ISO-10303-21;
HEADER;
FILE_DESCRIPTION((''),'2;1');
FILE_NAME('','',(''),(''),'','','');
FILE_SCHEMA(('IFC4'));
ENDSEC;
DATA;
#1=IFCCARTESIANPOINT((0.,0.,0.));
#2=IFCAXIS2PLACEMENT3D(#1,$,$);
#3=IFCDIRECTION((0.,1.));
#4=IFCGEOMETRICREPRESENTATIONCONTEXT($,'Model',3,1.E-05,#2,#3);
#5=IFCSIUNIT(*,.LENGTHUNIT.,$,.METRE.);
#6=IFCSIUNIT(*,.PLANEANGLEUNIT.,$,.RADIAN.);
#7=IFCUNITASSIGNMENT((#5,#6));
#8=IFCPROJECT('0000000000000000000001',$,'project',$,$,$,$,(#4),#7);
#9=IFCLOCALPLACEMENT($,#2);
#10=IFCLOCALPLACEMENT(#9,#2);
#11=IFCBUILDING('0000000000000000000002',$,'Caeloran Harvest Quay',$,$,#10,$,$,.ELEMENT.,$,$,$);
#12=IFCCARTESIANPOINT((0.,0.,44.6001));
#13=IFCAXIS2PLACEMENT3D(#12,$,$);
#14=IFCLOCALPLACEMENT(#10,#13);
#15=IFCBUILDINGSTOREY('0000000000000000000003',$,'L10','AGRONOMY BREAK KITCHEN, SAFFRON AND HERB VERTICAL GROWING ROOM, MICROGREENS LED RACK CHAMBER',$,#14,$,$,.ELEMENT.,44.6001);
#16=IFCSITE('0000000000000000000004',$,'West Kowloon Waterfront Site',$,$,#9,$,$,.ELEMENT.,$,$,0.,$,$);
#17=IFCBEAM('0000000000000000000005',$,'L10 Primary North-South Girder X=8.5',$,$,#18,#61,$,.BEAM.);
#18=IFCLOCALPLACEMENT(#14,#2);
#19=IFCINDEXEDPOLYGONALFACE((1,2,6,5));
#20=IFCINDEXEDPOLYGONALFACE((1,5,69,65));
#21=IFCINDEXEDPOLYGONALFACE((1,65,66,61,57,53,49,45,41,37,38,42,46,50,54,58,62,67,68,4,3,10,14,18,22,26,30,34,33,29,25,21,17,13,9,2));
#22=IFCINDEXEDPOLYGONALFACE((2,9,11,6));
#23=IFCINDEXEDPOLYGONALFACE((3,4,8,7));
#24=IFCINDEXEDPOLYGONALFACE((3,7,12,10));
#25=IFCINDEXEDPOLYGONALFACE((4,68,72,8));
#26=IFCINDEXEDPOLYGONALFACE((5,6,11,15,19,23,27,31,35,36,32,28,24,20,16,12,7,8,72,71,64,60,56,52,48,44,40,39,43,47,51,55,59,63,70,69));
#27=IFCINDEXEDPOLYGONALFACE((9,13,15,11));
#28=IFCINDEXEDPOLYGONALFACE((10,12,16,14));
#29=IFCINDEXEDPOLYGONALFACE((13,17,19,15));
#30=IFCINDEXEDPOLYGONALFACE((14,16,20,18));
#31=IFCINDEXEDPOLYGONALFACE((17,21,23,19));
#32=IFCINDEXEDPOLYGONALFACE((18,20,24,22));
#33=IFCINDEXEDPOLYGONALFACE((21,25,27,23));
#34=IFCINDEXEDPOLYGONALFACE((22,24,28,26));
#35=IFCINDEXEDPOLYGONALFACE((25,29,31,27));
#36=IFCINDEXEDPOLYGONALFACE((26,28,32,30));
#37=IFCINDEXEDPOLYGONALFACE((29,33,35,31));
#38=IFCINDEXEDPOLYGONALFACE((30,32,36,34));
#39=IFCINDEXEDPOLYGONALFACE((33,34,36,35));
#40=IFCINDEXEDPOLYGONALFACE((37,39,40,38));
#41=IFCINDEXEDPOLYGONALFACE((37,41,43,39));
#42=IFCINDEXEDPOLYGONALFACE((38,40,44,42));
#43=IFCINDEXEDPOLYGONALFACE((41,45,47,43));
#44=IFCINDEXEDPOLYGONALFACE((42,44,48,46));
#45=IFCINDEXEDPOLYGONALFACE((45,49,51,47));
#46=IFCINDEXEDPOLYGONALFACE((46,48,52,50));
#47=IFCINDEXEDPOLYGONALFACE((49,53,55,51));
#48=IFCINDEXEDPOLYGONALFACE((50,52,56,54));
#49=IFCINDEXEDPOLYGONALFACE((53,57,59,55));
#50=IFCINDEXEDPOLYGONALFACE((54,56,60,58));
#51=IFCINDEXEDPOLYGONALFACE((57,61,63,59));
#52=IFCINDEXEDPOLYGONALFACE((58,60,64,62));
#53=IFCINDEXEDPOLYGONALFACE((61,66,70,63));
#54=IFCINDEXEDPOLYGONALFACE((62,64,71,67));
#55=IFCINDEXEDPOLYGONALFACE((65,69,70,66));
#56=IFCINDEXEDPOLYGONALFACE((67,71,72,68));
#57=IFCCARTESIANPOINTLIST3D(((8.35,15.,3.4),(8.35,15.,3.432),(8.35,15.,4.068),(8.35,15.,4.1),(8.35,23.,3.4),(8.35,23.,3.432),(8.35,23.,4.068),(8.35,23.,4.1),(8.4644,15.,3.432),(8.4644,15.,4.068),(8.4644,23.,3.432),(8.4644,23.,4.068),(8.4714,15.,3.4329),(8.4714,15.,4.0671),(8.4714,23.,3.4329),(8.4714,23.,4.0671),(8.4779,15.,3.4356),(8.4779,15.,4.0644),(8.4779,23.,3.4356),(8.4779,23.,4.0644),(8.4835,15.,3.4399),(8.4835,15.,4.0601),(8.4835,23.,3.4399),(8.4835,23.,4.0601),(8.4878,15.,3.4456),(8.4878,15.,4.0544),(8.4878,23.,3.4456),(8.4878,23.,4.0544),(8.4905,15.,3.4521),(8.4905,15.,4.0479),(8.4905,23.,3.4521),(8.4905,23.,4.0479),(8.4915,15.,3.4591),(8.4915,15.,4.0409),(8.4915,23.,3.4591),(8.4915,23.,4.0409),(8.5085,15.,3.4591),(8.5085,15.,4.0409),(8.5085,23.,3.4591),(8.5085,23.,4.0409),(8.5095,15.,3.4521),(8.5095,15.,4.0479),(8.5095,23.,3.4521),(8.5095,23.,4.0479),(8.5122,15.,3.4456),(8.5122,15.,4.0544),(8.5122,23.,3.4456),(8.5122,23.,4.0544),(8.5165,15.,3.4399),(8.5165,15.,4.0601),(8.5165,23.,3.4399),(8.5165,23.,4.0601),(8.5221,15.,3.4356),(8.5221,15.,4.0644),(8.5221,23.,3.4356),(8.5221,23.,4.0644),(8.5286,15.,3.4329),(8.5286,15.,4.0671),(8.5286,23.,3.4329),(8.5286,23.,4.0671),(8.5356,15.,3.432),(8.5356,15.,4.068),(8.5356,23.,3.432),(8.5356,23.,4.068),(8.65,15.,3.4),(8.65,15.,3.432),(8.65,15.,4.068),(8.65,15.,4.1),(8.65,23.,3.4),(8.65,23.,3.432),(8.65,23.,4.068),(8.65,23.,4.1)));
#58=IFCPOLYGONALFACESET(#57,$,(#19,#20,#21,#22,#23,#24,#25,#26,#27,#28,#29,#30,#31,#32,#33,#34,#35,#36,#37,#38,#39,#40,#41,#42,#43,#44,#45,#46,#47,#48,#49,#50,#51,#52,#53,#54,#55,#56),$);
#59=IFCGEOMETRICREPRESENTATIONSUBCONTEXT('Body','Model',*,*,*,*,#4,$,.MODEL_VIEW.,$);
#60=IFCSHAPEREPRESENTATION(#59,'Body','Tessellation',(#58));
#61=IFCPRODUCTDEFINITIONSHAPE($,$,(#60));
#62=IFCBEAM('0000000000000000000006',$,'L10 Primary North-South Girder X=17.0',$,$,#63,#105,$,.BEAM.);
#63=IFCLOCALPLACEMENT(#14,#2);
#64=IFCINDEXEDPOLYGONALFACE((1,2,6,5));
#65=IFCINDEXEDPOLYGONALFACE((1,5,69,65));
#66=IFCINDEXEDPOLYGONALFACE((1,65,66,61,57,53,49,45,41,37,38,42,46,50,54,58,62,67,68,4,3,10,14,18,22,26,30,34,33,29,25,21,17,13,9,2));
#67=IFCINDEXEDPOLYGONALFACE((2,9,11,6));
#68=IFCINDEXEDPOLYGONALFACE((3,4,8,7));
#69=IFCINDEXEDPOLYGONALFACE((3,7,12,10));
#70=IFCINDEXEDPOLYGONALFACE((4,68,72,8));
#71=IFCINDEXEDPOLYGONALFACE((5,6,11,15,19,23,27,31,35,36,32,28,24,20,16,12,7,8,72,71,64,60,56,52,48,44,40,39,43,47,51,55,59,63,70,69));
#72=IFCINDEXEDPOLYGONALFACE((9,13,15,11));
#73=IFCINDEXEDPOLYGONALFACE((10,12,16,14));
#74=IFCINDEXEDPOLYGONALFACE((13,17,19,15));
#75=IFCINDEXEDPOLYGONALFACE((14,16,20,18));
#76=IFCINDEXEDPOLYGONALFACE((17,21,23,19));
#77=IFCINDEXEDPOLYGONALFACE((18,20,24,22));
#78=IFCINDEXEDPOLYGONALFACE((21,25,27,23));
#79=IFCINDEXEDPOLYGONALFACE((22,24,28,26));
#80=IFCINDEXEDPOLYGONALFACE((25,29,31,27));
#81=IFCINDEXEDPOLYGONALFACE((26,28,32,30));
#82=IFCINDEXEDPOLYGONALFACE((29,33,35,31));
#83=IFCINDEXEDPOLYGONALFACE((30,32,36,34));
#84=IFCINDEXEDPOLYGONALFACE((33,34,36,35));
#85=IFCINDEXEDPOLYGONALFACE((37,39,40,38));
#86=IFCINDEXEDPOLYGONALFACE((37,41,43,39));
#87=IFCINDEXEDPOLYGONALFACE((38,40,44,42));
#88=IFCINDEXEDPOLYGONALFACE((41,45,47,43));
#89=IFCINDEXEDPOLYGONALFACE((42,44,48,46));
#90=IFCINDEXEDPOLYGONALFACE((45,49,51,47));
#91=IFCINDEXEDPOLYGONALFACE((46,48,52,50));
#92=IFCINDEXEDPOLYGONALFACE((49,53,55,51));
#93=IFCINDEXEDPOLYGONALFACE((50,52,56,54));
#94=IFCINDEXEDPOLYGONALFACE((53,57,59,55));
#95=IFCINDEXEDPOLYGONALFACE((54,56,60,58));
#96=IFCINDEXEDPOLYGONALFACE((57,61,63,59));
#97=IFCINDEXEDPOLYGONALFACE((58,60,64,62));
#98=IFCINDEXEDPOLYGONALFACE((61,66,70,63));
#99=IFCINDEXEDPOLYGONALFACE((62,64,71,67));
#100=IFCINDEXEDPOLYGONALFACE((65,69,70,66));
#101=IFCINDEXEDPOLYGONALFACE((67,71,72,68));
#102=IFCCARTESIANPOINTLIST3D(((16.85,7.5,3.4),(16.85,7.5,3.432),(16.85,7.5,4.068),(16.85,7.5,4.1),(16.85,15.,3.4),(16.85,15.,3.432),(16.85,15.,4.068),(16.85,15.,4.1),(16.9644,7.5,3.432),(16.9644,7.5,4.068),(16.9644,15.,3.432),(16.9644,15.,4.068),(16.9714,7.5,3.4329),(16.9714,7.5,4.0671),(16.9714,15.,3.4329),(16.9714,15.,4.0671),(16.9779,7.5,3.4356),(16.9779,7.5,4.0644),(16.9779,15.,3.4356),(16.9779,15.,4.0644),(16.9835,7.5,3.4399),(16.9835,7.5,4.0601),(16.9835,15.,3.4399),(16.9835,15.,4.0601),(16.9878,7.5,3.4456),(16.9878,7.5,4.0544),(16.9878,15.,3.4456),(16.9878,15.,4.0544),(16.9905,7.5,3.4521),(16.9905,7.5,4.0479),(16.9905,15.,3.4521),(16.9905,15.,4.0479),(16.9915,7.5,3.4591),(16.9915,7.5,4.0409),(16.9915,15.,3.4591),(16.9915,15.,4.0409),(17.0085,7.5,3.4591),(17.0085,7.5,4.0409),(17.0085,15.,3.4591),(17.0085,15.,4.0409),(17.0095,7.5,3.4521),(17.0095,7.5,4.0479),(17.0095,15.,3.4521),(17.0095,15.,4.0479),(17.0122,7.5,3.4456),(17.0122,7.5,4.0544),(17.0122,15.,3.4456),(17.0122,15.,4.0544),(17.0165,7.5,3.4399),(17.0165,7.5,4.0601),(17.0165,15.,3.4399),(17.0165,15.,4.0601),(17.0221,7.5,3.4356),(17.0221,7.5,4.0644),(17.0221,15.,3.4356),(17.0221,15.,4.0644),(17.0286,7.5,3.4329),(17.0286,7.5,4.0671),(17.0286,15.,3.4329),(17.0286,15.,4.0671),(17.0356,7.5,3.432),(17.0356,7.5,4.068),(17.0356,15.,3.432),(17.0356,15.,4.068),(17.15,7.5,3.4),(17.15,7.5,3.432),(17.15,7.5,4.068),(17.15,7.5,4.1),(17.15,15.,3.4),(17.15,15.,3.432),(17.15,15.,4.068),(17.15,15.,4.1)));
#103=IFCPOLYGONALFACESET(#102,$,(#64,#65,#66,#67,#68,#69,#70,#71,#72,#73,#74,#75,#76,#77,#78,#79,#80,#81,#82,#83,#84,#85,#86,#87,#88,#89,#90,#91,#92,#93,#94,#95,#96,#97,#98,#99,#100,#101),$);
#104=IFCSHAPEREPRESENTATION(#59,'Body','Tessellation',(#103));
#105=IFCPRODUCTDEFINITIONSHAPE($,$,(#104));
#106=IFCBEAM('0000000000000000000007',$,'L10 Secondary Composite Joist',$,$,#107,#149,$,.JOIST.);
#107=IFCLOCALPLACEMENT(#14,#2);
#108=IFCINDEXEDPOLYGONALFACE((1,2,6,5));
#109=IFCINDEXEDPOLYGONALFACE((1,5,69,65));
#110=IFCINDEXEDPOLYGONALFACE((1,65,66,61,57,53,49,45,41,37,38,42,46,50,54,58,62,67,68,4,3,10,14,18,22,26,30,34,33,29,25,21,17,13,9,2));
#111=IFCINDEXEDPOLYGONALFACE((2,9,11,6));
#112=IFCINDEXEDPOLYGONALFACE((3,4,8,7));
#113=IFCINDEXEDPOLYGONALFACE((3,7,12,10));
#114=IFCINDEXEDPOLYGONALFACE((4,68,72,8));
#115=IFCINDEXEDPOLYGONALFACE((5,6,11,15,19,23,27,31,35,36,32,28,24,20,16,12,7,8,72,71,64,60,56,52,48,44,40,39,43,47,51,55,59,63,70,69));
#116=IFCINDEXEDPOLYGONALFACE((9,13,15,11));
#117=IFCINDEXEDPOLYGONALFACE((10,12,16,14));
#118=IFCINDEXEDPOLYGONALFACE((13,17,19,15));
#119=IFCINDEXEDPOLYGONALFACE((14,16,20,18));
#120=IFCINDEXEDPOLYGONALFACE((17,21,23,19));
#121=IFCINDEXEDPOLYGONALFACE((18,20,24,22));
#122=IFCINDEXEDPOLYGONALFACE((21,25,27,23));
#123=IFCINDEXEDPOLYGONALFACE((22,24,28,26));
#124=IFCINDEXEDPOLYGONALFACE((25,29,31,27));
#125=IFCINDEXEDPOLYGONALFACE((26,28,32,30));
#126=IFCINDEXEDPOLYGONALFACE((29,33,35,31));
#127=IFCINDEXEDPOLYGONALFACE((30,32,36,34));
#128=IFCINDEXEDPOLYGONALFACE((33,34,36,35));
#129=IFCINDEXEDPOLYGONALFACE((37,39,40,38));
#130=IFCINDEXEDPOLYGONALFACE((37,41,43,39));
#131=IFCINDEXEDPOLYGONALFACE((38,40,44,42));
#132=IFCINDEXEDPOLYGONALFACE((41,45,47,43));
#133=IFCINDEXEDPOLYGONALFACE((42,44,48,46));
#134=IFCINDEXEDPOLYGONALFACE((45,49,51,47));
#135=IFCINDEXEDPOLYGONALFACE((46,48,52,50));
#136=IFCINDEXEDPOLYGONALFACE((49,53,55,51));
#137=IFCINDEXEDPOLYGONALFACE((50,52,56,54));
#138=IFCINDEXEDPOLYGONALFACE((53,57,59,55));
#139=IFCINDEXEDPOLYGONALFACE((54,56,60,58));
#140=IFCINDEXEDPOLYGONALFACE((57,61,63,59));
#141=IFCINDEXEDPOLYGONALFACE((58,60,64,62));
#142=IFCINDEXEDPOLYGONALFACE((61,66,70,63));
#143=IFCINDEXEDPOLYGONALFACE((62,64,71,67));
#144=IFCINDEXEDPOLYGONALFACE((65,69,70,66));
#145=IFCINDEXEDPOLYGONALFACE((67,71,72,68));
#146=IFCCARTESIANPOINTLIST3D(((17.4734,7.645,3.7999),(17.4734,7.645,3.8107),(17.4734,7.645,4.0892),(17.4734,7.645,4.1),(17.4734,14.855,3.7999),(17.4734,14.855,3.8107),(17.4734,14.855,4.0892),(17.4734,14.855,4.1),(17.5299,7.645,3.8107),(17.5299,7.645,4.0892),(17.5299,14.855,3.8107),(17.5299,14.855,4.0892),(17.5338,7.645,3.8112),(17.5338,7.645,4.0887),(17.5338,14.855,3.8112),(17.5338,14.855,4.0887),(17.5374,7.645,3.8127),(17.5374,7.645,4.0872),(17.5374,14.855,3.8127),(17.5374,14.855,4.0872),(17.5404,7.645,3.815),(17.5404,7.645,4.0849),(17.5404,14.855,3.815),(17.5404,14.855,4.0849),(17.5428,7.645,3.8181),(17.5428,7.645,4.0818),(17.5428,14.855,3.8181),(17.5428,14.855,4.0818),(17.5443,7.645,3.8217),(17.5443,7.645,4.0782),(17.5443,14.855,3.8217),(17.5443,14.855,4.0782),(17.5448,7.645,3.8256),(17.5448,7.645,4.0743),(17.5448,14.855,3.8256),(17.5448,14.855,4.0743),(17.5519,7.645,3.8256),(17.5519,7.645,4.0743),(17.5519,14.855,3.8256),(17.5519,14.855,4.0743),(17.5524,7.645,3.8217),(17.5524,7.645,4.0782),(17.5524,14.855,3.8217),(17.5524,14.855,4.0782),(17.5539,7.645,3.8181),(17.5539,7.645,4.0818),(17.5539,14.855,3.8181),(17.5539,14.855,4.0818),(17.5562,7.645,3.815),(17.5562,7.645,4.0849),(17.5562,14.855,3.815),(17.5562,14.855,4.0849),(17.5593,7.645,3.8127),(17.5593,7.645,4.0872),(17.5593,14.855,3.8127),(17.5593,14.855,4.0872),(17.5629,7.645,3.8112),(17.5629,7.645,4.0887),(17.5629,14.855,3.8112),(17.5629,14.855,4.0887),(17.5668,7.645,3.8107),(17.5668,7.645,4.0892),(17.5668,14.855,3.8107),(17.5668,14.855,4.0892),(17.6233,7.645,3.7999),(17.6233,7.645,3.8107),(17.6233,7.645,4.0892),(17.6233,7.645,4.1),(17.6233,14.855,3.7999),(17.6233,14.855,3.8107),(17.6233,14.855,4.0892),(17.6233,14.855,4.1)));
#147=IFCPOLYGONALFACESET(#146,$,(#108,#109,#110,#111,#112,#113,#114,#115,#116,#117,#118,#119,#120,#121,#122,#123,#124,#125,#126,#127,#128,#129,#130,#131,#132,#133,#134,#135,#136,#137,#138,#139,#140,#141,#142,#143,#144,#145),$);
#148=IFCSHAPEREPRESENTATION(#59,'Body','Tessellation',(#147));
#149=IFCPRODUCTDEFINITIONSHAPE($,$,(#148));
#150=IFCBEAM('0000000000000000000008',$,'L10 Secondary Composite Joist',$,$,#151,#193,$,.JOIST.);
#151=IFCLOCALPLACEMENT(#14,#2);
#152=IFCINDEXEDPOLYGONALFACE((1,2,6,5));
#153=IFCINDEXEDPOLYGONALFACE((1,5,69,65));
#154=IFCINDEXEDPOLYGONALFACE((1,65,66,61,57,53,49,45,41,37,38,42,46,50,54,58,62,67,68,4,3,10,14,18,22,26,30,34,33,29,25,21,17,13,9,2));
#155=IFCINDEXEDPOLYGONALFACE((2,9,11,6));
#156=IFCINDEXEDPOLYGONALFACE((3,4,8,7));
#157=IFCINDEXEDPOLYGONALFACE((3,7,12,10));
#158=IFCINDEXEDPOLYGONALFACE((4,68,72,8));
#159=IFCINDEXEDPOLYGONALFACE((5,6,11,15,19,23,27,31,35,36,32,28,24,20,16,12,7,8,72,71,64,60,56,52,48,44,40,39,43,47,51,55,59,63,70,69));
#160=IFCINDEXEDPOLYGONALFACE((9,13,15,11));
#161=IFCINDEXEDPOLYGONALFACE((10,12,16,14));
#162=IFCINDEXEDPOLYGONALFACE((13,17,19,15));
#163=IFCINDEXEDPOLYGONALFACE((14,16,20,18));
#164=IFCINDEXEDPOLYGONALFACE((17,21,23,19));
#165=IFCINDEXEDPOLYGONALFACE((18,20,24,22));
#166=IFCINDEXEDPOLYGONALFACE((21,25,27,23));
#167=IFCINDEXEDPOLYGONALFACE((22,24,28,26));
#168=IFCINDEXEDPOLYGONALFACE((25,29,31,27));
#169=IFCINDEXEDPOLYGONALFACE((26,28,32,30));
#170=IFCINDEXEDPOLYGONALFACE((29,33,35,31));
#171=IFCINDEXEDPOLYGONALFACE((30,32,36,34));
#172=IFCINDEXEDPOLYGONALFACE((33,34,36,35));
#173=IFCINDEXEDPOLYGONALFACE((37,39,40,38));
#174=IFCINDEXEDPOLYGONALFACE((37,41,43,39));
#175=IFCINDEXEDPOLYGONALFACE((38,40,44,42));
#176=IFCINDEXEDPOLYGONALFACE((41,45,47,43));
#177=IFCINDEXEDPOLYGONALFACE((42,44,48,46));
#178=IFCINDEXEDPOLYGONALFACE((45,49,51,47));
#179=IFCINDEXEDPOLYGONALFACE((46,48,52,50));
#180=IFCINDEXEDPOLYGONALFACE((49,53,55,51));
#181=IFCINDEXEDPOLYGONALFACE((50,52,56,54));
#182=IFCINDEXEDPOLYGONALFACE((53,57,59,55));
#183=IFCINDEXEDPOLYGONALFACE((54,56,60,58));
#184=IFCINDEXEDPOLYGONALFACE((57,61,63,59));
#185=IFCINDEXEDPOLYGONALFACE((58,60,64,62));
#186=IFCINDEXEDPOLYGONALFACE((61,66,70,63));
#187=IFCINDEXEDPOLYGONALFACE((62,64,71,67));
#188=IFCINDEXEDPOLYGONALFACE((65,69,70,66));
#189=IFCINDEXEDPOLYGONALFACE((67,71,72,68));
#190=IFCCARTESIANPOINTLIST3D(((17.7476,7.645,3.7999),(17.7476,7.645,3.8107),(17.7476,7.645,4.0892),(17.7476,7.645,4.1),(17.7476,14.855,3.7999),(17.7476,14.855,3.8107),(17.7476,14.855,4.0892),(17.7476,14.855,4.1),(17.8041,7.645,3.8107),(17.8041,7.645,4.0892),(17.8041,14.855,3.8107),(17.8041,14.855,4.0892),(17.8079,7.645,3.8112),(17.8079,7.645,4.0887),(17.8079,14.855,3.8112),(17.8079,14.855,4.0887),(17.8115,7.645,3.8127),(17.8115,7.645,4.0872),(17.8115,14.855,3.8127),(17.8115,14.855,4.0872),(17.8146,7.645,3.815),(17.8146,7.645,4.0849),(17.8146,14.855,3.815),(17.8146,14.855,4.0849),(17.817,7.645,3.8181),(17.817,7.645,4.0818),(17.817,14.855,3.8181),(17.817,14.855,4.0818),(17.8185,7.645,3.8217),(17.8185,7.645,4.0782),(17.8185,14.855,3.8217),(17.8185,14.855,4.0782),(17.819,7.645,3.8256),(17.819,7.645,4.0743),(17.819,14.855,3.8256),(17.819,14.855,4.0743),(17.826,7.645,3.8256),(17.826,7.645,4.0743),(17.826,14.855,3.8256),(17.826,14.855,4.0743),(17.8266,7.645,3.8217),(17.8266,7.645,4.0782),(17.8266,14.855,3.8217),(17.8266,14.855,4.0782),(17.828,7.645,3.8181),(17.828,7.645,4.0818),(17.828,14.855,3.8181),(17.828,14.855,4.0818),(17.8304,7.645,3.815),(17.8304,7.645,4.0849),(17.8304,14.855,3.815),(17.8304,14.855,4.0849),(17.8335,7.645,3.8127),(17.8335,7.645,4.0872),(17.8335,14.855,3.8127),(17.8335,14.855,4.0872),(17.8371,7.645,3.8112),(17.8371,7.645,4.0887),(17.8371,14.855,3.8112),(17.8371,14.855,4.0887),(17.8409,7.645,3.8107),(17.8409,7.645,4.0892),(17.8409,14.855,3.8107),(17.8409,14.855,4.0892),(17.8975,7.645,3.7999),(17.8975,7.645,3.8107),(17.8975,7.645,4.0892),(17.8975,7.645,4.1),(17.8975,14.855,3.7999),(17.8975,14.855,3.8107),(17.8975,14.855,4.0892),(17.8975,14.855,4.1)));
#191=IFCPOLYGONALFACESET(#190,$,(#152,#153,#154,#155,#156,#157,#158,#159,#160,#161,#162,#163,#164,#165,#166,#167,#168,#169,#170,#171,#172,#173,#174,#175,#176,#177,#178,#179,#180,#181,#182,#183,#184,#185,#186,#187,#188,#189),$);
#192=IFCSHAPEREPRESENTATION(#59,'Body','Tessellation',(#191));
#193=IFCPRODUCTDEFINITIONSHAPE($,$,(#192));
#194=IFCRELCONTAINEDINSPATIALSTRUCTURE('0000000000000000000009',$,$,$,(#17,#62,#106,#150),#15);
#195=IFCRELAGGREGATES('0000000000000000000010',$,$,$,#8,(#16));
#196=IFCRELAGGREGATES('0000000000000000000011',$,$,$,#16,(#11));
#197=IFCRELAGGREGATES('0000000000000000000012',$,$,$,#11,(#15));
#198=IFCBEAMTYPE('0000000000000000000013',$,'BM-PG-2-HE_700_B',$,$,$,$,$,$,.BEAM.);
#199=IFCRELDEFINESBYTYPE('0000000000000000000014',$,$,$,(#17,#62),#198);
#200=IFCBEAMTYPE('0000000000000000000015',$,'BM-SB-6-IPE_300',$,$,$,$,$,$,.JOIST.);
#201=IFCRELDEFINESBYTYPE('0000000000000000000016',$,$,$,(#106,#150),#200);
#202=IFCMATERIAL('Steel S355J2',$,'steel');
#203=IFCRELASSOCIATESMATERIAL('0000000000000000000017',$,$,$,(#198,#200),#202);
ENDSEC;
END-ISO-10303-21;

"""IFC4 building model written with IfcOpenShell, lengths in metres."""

from ifc_helpers import new_model, si_unit, direction, frame, origin, origin_2d, place, context, subcontext, project, spatial, i_section, extrude, material, material_profile, profile_set, type_object, element, save


model = new_model("IFC4")

# Units and contexts
model_context = context("Model", 3, precision=1e-05, world=origin(), true_north=direction((0.0, 1.0)))
body_context = subcontext(model_context, "Body", "Model", "MODEL_VIEW")
ifc_project = project(units=[si_unit("LENGTHUNIT", "METRE"), si_unit("PLANEANGLEUNIT", "RADIAN")], contexts=[model_context])

# Site, building, storey
site_placement = place(None, origin())
site = spatial("IfcSite", under=ifc_project, at=site_placement, Name="West Kowloon Waterfront Site", CompositionType="ELEMENT", RefElevation=0.0)
building_placement = place(site_placement, origin())
building = spatial("IfcBuilding", under=site, at=building_placement, Name="Caeloran Harvest Quay", CompositionType="ELEMENT")
storey_placement = place(building_placement, frame((0.0, 0.0, 44.6001)))
storey = spatial("IfcBuildingStorey", under=building, at=storey_placement, Name="L10", Description="AGRONOMY BREAK KITCHEN, SAFFRON AND HERB VERTICAL GROWING ROOM, MICROGREENS LED RACK CHAMBER", CompositionType="ELEMENT", Elevation=44.6001)

# Beams
ifc_material_1 = material(Name="Steel S355J2", Category="steel")
ifc_material_profile_1 = material_profile(ifc_material_1, i_section(OverallWidth=0.3, OverallDepth=0.7, WebThickness=0.0171, FlangeThickness=0.032, FilletRadius=0.0271, at=origin_2d()), Name="HE 700 B")
ifc_profile_set_1 = profile_set([ifc_material_profile_1], Name="Steel S355J2")
beam_type_1 = type_object("IfcBeamType", Name="BM-PG-2-HE_700_B", PredefinedType="BEAM", material=ifc_profile_set_1)
beam_1_placement = place(storey_placement, frame((8.5, 15.0, 3.75), z_axis=(0.0, 1.0, 0.0), x_axis=(-1.0, 0.0, 0.0)))
element("IfcBeam", 1, at=beam_1_placement, inside=storey, type_object=beam_type_1, Name="L10 Primary North-South Girder X=8.5", PredefinedType="BEAM", context=body_context, shape_type="SweptSolid", body=[
    extrude(i_section(OverallWidth=0.3, OverallDepth=0.7, WebThickness=0.0171, FlangeThickness=0.032, FilletRadius=0.0271, at=origin_2d()), origin(), (0.0, 0.0, 1.0), 8.0),
])
beam_2_placement = place(storey_placement, frame((17.0, 7.5, 3.75), z_axis=(0.0, 1.0, 0.0), x_axis=(-1.0, 0.0, 0.0)))
element("IfcBeam", 2, at=beam_2_placement, inside=storey, type_object=beam_type_1, Name="L10 Primary North-South Girder X=17.0", PredefinedType="BEAM", context=body_context, shape_type="SweptSolid", body=[
    extrude(i_section(OverallWidth=0.3, OverallDepth=0.7, WebThickness=0.0171, FlangeThickness=0.032, FilletRadius=0.0271, at=origin_2d()), origin(), (0.0, 0.0, 1.0), 7.5),
])
ifc_material_profile_2 = material_profile(ifc_material_1, i_section(OverallWidth=0.1499, OverallDepth=0.3, WebThickness=0.0071, FlangeThickness=0.0107, FilletRadius=0.0149, at=origin_2d()), Name="IPE 300")
ifc_profile_set_2 = profile_set([ifc_material_profile_2], Name="Steel S355J2")
beam_type_2 = type_object("IfcBeamType", Name="BM-SB-6-IPE_300", PredefinedType="JOIST", material=ifc_profile_set_2)
for number, where, z_axis, x_axis, name in (
    (3, (17.5483, 7.645, 3.95), (0.0, 1.0, 0.0), (-1.0, 0.0, 0.0), "L10 Secondary Composite Joist"),
    (4, (17.8225, 7.645, 3.95), (0.0, 1.0, 0.0), (-1.0, 0.0, 0.0), "L10 Secondary Composite Joist"),
):
    element("IfcBeam", number, at=place(storey_placement, frame(where, z_axis=z_axis, x_axis=x_axis)), inside=storey, type_object=beam_type_2, Name=name, PredefinedType="JOIST", context=body_context, shape_type="SweptSolid", body=[
        extrude(i_section(OverallWidth=0.1499, OverallDepth=0.3, WebThickness=0.0071, FlangeThickness=0.0107, FilletRadius=0.0149, at=origin_2d()), origin(), (0.0, 0.0, 1.0), 7.21),
    ])

save(model, "model.ifc")
